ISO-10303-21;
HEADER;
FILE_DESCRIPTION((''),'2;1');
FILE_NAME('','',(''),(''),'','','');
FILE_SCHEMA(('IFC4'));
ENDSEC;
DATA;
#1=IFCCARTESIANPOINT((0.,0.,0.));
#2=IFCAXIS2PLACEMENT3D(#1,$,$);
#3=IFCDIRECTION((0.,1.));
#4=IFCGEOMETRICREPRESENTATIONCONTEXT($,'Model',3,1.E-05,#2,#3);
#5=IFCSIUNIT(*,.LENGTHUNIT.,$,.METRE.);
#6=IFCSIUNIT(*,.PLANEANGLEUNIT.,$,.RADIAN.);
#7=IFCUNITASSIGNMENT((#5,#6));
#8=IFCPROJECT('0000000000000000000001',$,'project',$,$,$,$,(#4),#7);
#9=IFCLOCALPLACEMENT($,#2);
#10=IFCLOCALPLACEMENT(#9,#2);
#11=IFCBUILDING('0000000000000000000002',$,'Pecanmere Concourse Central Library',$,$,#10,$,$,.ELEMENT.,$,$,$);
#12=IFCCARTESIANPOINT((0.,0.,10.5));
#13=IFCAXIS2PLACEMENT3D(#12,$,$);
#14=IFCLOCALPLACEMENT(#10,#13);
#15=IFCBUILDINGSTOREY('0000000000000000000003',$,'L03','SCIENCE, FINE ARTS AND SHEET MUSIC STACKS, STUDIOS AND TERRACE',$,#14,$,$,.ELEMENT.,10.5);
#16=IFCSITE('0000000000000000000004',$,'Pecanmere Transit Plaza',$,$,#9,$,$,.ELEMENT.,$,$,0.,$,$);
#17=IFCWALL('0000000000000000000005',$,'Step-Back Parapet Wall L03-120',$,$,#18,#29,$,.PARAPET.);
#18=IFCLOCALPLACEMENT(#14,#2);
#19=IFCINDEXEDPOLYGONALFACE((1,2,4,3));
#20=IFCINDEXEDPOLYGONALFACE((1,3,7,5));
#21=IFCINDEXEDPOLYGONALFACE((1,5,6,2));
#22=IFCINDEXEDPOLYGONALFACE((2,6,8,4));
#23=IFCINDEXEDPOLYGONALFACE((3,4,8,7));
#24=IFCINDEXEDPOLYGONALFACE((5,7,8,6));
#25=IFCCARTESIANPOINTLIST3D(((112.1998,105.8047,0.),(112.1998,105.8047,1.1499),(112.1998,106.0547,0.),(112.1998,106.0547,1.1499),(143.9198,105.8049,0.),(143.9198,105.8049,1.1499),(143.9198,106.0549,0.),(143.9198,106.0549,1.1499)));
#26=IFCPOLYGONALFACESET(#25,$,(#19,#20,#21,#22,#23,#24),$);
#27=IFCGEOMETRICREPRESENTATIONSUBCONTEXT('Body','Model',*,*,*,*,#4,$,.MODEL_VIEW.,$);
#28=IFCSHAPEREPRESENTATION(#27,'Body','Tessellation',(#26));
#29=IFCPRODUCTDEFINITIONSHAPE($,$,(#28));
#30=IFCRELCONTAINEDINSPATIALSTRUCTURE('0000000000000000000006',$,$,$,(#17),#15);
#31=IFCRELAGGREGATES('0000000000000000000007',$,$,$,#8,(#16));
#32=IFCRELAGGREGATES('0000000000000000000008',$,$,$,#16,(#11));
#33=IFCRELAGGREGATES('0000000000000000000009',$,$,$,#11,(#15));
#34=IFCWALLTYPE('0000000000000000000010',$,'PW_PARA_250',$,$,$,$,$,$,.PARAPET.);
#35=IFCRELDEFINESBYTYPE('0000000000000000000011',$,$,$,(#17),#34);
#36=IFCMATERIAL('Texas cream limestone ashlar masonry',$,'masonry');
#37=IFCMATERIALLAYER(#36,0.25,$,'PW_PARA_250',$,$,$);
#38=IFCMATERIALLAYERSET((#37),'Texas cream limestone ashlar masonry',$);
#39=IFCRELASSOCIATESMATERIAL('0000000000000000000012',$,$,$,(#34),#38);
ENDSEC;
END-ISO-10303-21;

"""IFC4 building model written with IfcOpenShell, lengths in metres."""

from ifc_helpers import new_model, si_unit, direction, frame, frame_2d, origin, place, context, subcontext, project, spatial, rectangle, extrude, material, layer, layer_set, type_object, element, save


model = new_model("IFC4")

# Units and contexts
model_context = context("Model", 3, precision=1e-05, world=origin(), true_north=direction((0.0, 1.0)))
body_context = subcontext(model_context, "Body", "Model", "MODEL_VIEW")
ifc_project = project(units=[si_unit("LENGTHUNIT", "METRE"), si_unit("PLANEANGLEUNIT", "RADIAN")], contexts=[model_context])

# Site, building, storey
site_placement = place(None, origin())
site = spatial("IfcSite", under=ifc_project, at=site_placement, Name="Pecanmere Transit Plaza", CompositionType="ELEMENT", RefElevation=0.0)
building_placement = place(site_placement, origin())
building = spatial("IfcBuilding", under=site, at=building_placement, Name="Pecanmere Concourse Central Library", CompositionType="ELEMENT")
storey_placement = place(building_placement, frame((0.0, 0.0, 10.5)))
storey = spatial("IfcBuildingStorey", under=building, at=storey_placement, Name="L03", Description="SCIENCE, FINE ARTS AND SHEET MUSIC STACKS, STUDIOS AND TERRACE", CompositionType="ELEMENT", Elevation=10.5)

# Wall
ifc_material_1 = material(Name="Texas cream limestone ashlar masonry", Category="masonry")
ifc_layer_1 = layer(ifc_material_1, 0.25, Name="PW_PARA_250")
ifc_layer_set_1 = layer_set([ifc_layer_1], Name="Texas cream limestone ashlar masonry")
wall_type = type_object("IfcWallType", Name="PW_PARA_250", PredefinedType="PARAPET", material=ifc_layer_set_1)
wall_placement = place(storey_placement, frame((112.2, 105.9297, 0.0), z_axis=(0.0, 0.0, 1.0), x_axis=(1.0, 0.000008, 0.0)))
element("IfcWall", 1, at=wall_placement, inside=storey, type_object=wall_type, Name="Step-Back Parapet Wall L03-120", PredefinedType="PARAPET", context=body_context, shape_type="SweptSolid", body=[
    extrude(rectangle(XDim=31.72, YDim=0.25, at=frame_2d((15.8599, 0.0))), origin(), (0.0, 0.0, 1.0), 1.1499),
])

save(model, "model.ifc")
